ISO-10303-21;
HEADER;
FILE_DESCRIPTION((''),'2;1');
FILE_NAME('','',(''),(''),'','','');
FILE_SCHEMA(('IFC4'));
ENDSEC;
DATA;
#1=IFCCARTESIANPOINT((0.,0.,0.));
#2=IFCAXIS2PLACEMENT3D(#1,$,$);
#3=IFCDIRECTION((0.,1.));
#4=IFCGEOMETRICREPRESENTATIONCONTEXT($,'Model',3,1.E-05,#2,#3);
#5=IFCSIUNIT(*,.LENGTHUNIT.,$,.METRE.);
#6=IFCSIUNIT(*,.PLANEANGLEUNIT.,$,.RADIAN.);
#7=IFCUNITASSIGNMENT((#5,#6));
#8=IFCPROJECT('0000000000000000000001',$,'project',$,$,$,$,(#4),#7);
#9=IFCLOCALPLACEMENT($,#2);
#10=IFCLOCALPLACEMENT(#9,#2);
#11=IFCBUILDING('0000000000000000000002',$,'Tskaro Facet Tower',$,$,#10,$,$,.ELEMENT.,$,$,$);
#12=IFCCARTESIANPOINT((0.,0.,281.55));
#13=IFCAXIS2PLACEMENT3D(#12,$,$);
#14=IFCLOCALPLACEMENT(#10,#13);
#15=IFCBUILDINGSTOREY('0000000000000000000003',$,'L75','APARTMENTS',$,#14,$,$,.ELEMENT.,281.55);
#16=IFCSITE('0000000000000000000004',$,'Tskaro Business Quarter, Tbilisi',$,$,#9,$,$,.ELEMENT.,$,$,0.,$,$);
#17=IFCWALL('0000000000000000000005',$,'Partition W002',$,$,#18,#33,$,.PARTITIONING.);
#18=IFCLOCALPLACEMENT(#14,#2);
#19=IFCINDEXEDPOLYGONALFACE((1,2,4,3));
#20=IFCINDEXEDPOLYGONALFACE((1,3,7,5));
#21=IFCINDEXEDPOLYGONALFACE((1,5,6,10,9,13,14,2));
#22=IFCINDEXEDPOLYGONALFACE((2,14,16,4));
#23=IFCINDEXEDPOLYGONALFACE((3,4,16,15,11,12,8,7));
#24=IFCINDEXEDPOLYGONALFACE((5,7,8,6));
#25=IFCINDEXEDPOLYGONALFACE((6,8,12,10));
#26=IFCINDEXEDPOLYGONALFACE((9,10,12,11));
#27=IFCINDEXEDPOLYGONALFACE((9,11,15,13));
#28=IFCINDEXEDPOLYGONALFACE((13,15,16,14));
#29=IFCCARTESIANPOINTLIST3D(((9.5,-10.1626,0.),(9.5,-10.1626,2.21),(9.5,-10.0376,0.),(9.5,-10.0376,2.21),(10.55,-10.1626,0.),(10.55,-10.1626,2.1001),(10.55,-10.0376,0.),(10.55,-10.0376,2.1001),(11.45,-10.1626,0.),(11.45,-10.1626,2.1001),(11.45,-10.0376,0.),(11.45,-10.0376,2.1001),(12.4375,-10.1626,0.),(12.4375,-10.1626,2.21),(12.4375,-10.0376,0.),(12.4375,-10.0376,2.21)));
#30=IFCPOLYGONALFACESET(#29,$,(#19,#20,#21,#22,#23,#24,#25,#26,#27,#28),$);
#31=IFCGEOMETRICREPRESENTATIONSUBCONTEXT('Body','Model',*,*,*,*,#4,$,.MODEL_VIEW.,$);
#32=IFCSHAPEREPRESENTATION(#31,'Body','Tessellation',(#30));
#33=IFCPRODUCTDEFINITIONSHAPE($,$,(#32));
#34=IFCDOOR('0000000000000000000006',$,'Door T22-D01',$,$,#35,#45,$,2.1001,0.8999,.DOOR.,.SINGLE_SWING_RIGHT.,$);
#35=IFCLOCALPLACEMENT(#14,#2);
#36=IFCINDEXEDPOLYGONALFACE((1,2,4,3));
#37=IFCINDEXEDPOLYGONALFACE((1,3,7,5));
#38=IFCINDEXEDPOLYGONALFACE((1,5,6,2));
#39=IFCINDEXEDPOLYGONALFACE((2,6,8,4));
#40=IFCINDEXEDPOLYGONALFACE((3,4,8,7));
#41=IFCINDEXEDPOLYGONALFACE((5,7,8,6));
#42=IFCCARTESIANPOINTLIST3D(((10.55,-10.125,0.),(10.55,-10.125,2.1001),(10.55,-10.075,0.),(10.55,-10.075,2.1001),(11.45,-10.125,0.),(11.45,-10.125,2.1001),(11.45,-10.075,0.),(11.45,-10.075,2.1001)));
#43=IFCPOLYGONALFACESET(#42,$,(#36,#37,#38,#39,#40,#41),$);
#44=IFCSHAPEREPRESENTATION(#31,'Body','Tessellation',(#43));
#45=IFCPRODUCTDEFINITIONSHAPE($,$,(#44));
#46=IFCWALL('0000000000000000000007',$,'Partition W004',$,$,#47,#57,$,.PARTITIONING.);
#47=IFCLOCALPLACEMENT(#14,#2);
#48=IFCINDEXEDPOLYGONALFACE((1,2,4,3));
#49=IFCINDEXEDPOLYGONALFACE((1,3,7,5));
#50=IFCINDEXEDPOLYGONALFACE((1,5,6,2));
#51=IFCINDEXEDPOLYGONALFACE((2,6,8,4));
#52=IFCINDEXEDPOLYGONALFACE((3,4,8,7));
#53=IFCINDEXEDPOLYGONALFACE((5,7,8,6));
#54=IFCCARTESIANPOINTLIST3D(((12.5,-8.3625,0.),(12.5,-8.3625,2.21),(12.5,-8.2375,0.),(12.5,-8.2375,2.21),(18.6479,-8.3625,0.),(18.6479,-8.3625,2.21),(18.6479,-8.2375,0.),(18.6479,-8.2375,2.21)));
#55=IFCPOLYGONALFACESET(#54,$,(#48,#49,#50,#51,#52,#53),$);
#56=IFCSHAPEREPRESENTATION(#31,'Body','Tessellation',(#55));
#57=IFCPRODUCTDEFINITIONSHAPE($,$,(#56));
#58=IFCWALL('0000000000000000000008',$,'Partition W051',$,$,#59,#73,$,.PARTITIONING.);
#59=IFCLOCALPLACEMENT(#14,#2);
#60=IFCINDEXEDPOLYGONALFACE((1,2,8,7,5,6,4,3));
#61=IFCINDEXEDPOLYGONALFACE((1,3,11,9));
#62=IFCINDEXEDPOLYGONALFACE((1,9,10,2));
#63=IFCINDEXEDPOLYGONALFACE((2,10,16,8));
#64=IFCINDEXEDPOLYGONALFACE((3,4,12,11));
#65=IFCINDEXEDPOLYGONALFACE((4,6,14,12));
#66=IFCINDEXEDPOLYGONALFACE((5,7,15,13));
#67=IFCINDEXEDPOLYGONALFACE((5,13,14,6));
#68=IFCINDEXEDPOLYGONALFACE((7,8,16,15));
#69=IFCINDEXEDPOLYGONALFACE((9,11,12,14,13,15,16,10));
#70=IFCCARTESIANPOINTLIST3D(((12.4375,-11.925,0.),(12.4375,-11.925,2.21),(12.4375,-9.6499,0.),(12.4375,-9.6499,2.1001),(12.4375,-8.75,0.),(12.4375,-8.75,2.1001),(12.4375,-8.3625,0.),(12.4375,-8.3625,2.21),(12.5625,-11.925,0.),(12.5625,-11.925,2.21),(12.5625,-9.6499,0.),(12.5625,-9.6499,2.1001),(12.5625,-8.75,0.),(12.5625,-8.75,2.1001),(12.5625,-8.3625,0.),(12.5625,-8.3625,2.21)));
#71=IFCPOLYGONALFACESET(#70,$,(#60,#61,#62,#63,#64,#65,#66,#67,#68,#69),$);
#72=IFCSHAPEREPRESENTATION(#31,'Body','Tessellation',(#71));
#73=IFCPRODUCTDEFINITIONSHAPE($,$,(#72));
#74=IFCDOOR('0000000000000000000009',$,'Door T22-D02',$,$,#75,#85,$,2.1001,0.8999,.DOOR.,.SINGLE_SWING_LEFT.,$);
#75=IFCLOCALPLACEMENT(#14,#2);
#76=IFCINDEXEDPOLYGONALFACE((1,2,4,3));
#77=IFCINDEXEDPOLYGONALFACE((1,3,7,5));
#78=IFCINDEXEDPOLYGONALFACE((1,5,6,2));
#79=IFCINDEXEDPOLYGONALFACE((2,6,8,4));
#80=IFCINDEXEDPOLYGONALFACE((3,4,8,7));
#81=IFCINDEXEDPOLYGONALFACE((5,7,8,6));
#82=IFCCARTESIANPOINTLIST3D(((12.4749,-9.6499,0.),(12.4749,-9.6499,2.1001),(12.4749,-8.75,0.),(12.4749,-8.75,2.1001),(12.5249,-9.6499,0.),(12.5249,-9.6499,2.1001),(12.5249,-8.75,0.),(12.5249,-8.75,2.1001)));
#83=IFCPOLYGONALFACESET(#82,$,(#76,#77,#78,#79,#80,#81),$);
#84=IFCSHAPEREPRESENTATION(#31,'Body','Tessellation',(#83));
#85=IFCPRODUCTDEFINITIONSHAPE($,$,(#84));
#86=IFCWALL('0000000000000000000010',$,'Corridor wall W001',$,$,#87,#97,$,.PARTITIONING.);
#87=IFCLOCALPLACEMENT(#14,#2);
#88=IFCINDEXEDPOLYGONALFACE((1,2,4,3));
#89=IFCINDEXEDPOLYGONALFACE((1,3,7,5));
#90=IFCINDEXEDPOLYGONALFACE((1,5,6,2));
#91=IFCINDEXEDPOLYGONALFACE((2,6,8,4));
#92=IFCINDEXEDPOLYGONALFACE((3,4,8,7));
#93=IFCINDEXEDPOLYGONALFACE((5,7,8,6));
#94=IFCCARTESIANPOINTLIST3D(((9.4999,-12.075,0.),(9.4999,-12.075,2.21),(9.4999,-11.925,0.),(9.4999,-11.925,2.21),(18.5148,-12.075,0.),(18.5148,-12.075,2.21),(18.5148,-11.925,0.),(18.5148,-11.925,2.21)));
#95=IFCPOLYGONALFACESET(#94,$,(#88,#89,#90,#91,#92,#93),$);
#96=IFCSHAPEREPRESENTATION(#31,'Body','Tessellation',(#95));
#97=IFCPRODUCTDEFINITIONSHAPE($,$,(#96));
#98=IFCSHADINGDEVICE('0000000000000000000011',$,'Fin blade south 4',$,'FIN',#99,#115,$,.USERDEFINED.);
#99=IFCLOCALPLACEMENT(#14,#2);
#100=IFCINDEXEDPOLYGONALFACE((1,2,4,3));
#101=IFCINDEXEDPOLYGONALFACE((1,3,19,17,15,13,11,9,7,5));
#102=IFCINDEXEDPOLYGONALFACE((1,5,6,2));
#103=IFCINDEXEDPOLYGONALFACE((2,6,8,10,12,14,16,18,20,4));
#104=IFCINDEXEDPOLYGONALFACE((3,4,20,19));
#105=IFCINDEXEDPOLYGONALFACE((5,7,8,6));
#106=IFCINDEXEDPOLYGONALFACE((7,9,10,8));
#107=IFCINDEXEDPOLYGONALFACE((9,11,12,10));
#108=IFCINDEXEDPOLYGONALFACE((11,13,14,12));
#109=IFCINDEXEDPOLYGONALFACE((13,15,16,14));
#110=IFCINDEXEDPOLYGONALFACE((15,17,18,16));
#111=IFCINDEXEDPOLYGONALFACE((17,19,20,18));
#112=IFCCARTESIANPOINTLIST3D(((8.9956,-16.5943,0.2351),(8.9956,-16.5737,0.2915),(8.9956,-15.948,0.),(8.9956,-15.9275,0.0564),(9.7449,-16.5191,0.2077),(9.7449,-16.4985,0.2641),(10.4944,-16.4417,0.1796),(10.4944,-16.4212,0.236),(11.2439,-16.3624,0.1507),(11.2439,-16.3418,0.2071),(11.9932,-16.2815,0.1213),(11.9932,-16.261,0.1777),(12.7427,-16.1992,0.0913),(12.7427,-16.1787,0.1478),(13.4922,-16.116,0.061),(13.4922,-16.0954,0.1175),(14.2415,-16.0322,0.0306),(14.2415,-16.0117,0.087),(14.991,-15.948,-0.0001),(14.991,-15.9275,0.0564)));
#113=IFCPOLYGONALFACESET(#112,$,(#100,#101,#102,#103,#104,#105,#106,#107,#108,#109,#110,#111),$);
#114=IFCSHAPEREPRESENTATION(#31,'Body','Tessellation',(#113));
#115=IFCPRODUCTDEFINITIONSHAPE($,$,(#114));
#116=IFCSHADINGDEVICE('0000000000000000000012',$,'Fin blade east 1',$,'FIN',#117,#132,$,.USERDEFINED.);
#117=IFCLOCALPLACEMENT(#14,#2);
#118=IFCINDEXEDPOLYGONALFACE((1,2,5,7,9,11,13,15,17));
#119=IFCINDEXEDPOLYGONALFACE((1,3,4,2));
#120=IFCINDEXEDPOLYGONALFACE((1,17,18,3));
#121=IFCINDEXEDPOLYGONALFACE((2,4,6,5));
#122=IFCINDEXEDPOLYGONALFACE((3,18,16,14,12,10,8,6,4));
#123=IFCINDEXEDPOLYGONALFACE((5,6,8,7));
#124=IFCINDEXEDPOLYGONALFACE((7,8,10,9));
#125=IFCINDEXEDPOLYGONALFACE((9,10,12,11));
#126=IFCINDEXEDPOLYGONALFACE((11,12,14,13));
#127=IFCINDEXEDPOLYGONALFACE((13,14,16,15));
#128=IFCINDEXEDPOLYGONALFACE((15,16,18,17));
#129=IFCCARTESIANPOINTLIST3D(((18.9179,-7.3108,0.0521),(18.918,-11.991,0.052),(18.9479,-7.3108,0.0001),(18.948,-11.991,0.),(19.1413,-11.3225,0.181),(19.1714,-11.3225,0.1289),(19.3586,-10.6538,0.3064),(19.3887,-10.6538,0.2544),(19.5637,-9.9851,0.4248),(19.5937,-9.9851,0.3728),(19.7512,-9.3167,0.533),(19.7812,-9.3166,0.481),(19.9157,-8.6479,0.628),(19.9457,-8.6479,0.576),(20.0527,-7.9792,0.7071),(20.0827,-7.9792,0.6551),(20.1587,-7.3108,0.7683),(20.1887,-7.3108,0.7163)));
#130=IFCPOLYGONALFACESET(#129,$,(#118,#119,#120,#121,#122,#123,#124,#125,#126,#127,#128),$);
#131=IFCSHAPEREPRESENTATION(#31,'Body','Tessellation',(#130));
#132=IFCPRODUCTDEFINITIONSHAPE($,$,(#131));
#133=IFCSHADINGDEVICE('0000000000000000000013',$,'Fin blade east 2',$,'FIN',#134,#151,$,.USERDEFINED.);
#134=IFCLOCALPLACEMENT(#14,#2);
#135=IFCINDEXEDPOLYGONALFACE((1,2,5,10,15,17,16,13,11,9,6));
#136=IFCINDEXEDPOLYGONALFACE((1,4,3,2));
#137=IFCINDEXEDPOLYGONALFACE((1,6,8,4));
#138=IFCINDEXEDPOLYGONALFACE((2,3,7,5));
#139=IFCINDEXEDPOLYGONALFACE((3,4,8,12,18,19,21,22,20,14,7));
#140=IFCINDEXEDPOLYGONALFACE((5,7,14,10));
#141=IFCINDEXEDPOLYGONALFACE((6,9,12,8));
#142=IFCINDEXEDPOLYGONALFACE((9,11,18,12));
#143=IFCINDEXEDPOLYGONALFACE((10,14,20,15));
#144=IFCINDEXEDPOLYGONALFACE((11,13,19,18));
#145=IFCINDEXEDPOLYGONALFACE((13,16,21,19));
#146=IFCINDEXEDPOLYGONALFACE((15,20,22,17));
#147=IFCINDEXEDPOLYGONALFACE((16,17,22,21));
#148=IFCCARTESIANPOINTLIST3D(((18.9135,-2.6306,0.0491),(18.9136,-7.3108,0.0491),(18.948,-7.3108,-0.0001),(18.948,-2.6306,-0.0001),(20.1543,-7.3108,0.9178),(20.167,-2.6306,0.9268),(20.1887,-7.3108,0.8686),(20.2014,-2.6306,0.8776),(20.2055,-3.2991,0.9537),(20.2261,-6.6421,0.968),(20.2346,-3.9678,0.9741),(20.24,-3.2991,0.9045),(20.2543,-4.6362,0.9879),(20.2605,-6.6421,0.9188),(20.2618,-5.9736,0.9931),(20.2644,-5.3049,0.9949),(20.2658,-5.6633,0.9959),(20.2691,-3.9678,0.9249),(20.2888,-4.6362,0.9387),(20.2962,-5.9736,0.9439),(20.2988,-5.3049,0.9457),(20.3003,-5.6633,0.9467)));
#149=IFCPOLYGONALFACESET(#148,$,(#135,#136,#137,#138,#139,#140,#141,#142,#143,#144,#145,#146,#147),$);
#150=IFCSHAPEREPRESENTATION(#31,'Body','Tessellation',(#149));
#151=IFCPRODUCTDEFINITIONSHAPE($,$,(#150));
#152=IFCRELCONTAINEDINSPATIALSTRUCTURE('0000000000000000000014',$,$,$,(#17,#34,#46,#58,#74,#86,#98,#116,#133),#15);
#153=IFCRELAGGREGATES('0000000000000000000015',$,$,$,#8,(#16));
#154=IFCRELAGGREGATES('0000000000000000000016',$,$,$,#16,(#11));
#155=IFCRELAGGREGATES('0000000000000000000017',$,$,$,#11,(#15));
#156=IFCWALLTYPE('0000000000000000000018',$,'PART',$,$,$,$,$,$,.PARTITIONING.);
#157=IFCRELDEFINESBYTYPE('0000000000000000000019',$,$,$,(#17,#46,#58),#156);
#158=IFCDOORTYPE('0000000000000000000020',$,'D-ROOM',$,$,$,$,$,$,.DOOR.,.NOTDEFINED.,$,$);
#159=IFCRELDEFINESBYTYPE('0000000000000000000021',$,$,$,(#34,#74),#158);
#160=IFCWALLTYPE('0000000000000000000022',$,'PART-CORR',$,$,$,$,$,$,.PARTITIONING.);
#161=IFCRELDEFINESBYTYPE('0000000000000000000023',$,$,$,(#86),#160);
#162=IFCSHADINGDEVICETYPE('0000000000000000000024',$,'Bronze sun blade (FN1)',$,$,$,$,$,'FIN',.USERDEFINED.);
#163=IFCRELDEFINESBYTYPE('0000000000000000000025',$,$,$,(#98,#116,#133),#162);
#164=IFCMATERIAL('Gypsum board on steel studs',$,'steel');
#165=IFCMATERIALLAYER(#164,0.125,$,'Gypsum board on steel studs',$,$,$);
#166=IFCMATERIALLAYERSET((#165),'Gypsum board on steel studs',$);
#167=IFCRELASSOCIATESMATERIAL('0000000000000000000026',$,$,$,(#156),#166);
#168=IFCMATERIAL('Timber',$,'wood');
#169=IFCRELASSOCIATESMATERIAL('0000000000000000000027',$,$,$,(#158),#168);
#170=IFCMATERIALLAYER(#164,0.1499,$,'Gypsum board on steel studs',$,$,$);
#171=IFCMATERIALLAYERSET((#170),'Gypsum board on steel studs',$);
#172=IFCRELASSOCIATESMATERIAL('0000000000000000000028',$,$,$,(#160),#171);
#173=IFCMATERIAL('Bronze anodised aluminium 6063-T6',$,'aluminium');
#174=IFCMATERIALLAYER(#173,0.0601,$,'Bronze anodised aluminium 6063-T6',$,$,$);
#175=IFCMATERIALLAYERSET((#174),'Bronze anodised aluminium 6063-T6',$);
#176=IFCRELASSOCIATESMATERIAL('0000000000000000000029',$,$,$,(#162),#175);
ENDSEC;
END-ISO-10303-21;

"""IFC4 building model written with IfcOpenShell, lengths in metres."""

from ifc_helpers import new_model, si_unit, direction, frame, frame_2d, origin, place, context, subcontext, project, spatial, polyline, rectangle, outline, extrude, material, layer, layer_set, type_object, element, fill, save


model = new_model("IFC4")

# Units and contexts
model_context = context("Model", 3, precision=1e-05, world=origin(), true_north=direction((0.0, 1.0)))
body_context = subcontext(model_context, "Body", "Model", "MODEL_VIEW")
ifc_project = project(units=[si_unit("LENGTHUNIT", "METRE"), si_unit("PLANEANGLEUNIT", "RADIAN")], contexts=[model_context])

# Site, building, storey
site_placement = place(None, origin())
site = spatial("IfcSite", under=ifc_project, at=site_placement, Name="Tskaro Business Quarter, Tbilisi", CompositionType="ELEMENT", RefElevation=0.0)
building_placement = place(site_placement, origin())
building = spatial("IfcBuilding", under=site, at=building_placement, Name="Tskaro Facet Tower", CompositionType="ELEMENT")
storey_placement = place(building_placement, frame((0.0, 0.0, 281.55)))
storey = spatial("IfcBuildingStorey", under=building, at=storey_placement, Name="L75", Description="APARTMENTS", CompositionType="ELEMENT", Elevation=281.55)

# Shared definitions
ifc_material_1 = material(Name="Bronze anodised aluminium 6063-T6", Category="aluminium")

# Wall, opening, door
ifc_material_2 = material(Name="Gypsum board on steel studs", Category="steel")
ifc_layer_1 = layer(ifc_material_2, 0.125, Name="Gypsum board on steel studs")
ifc_layer_set_1 = layer_set([ifc_layer_1], Name="Gypsum board on steel studs")
wall_type_1 = type_object("IfcWallType", Name="PART", PredefinedType="PARTITIONING", material=ifc_layer_set_1)
wall_1_placement = place(storey_placement, frame((12.4375, -10.1001, 0.0), z_axis=(0.0, 0.0, 1.0), x_axis=(-1.0, 0.0, 0.0)))
wall_1 = element("IfcWall", 1, at=wall_1_placement, inside=storey, type_object=wall_type_1, Name="Partition W002", PredefinedType="PARTITIONING", context=body_context, shape_type="SweptSolid", body=[
    extrude(rectangle(XDim=2.9375, YDim=0.125, at=frame_2d((1.4688, 0.0))), origin(), (0.0, 0.0, 1.0), 2.21),
])
opening_1_placement = place(wall_1_placement, frame((0.9875, 0.0, 0.0)))
opening_1 = element("IfcOpeningElement", 2, at=opening_1_placement, cuts=wall_1, PredefinedType="OPENING", context=body_context, shape_type="SweptSolid", body=[
    extrude(rectangle(XDim=0.8999, YDim=2.1001, at=frame_2d((0.45, 1.05))), frame((0.0, 0.0725, 0.0), z_axis=(0.0, -1.0, 0.0), x_axis=(1.0, 0.0, 0.0)), (0.0, 0.0, 1.0), 0.145),
])
ifc_material_3 = material(Name="Timber", Category="wood")
door_type = type_object("IfcDoorType", Name="D-ROOM", OperationType="NOTDEFINED", PredefinedType="DOOR", material=ifc_material_3)
door_1_placement = place(opening_1_placement, origin())
door_1 = element("IfcDoor", 3, at=door_1_placement, inside=storey, type_object=door_type, Name="Door T22-D01", OperationType="SINGLE_SWING_RIGHT", OverallHeight=2.1001, OverallWidth=0.8999, PredefinedType="DOOR", context=body_context, shape_type="SweptSolid", body=[
    extrude(rectangle(XDim=0.8999, YDim=2.1001, at=frame_2d((0.45, 1.05))), frame((0.0, 0.0249, 0.0), z_axis=(0.0, -1.0, 0.0), x_axis=(1.0, 0.0, 0.0)), (0.0, 0.0, 1.0), 0.05),
])
fill(opening_1, door_1)

# Wall
wall_2_placement = place(storey_placement, frame((12.5, -8.3, 0.0), z_axis=(0.0, 0.0, 1.0), x_axis=(1.0, 0.0, 0.0)))
element("IfcWall", 4, at=wall_2_placement, inside=storey, type_object=wall_type_1, Name="Partition W004", PredefinedType="PARTITIONING", context=body_context, shape_type="SweptSolid", body=[
    extrude(rectangle(XDim=6.1479, YDim=0.125, at=frame_2d((3.074, 0.0))), origin(), (0.0, 0.0, 1.0), 2.21),
])

# Wall, opening, door
wall_3_placement = place(storey_placement, frame((12.5, -8.3625, 0.0), z_axis=(0.0, 0.0, 1.0), x_axis=(0.0, -1.0, 0.0)))
wall_3 = element("IfcWall", 5, at=wall_3_placement, inside=storey, type_object=wall_type_1, Name="Partition W051", PredefinedType="PARTITIONING", context=body_context, shape_type="SweptSolid", body=[
    extrude(rectangle(XDim=3.5625, YDim=0.125, at=frame_2d((1.7812, 0.0))), origin(), (0.0, 0.0, 1.0), 2.21),
])
opening_2_placement = place(wall_3_placement, frame((0.3875, 0.0, 0.0)))
opening_2 = element("IfcOpeningElement", 6, at=opening_2_placement, cuts=wall_3, PredefinedType="OPENING", context=body_context, shape_type="SweptSolid", body=[
    extrude(rectangle(XDim=0.8999, YDim=2.1001, at=frame_2d((0.45, 1.05))), frame((0.0, 0.0725, 0.0), z_axis=(0.0, -1.0, 0.0), x_axis=(1.0, 0.0, 0.0)), (0.0, 0.0, 1.0), 0.145),
])
door_2_placement = place(opening_2_placement, origin())
door_2 = element("IfcDoor", 7, at=door_2_placement, inside=storey, type_object=door_type, Name="Door T22-D02", OperationType="SINGLE_SWING_LEFT", OverallHeight=2.1001, OverallWidth=0.8999, PredefinedType="DOOR", context=body_context, shape_type="SweptSolid", body=[
    extrude(rectangle(XDim=0.8999, YDim=2.1001, at=frame_2d((0.45, 1.05))), frame((0.0, 0.0249, 0.0), z_axis=(0.0, -1.0, 0.0), x_axis=(1.0, 0.0, 0.0)), (0.0, 0.0, 1.0), 0.05),
])
fill(opening_2, door_2)

# Wall
ifc_layer_2 = layer(ifc_material_2, 0.1499, Name="Gypsum board on steel studs")
ifc_layer_set_2 = layer_set([ifc_layer_2], Name="Gypsum board on steel studs")
wall_type_2 = type_object("IfcWallType", Name="PART-CORR", PredefinedType="PARTITIONING", material=ifc_layer_set_2)
wall_4_placement = place(storey_placement, frame((9.5, -12.0, 0.0), z_axis=(0.0, 0.0, 1.0), x_axis=(1.0, 0.0, 0.0)))
element("IfcWall", 8, at=wall_4_placement, inside=storey, type_object=wall_type_2, Name="Corridor wall W001", PredefinedType="PARTITIONING", context=body_context, shape_type="SweptSolid", body=[
    extrude(rectangle(XDim=9.0149, YDim=0.1499, at=frame_2d((4.5073, 0.0))), origin(), (0.0, 0.0, 1.0), 2.21),
])

# Shading devices
ifc_layer_3 = layer(ifc_material_1, 0.0601, Name="Bronze anodised aluminium 6063-T6")
ifc_layer_set_3 = layer_set([ifc_layer_3], Name="Bronze anodised aluminium 6063-T6")
shading_device_type = type_object("IfcShadingDeviceType", Name="Bronze sun blade (FN1)", ElementType="FIN", PredefinedType="USERDEFINED", material=ifc_layer_set_3)
shading_device_1_placement = place(storey_placement, frame((8.9956, -15.9275, 0.0564), z_axis=(0.000001, 0.341879, 0.939744), x_axis=(1.0, 0.0, -0.000001)))
element("IfcShadingDevice", 9, at=shading_device_1_placement, inside=storey, type_object=shading_device_type, Name="Fin blade south 4", ObjectType="FIN", PredefinedType="USERDEFINED", context=body_context, shape_type="SweptSolid", body=[
    extrude(outline(polyline([(0.0, 0.0), (5.9954, 0.0), (5.2458, -0.0896), (4.4966, -0.1787), (3.7471, -0.2673), (2.9976, -0.3549), (2.2483, -0.4409), (1.4988, -0.5253), (0.7493, -0.6077), (0.0, -0.6877), (0.0, 0.0)])), origin(), (0.0, 0.0, -1.0), 0.0601),
])
shading_device_2_placement = place(storey_placement, frame((18.918, -11.991, 0.052), z_axis=(-0.499929, -0.000019, 0.866066), x_axis=(-0.00001, 1.0, 0.000017)))
element("IfcShadingDevice", 10, at=shading_device_2_placement, inside=storey, type_object=shading_device_type, Name="Fin blade east 1", ObjectType="FIN", PredefinedType="USERDEFINED", context=body_context, shape_type="SweptSolid", body=[
    extrude(outline(polyline([(0.0, 0.0), (4.6802, 0.0), (4.6802, -1.4327), (4.0117, -1.3103), (3.343, -1.1521), (2.6743, -0.9621), (2.0059, -0.7456), (1.3372, -0.5088), (0.6685, -0.2579), (0.0, 0.0)])), origin(), (0.0, 0.0, -1.0), 0.0601),
])
shading_device_3_placement = place(storey_placement, frame((18.9136, -7.3108, 0.0491), z_axis=(-0.573556, -0.000012, 0.819167), x_axis=(-0.000007, 1.0, 0.00001)))
element("IfcShadingDevice", 11, at=shading_device_3_placement, inside=storey, type_object=shading_device_type, Name="Fin blade east 2", ObjectType="FIN", PredefinedType="USERDEFINED", context=body_context, shape_type="SweptSolid", body=[
    extrude(outline(polyline([(0.0, 0.0), (4.6802, 0.0), (4.6802, -1.5302), (4.0117, -1.5772), (3.343, -1.6127), (2.6746, -1.6368), (2.0059, -1.649), (1.6475, -1.6508), (1.3372, -1.6458), (0.6687, -1.6022), (0.0, -1.5146), (0.0, 0.0)])), origin(), (0.0, 0.0, -1.0), 0.0601),
])

save(model, "model.ifc")
